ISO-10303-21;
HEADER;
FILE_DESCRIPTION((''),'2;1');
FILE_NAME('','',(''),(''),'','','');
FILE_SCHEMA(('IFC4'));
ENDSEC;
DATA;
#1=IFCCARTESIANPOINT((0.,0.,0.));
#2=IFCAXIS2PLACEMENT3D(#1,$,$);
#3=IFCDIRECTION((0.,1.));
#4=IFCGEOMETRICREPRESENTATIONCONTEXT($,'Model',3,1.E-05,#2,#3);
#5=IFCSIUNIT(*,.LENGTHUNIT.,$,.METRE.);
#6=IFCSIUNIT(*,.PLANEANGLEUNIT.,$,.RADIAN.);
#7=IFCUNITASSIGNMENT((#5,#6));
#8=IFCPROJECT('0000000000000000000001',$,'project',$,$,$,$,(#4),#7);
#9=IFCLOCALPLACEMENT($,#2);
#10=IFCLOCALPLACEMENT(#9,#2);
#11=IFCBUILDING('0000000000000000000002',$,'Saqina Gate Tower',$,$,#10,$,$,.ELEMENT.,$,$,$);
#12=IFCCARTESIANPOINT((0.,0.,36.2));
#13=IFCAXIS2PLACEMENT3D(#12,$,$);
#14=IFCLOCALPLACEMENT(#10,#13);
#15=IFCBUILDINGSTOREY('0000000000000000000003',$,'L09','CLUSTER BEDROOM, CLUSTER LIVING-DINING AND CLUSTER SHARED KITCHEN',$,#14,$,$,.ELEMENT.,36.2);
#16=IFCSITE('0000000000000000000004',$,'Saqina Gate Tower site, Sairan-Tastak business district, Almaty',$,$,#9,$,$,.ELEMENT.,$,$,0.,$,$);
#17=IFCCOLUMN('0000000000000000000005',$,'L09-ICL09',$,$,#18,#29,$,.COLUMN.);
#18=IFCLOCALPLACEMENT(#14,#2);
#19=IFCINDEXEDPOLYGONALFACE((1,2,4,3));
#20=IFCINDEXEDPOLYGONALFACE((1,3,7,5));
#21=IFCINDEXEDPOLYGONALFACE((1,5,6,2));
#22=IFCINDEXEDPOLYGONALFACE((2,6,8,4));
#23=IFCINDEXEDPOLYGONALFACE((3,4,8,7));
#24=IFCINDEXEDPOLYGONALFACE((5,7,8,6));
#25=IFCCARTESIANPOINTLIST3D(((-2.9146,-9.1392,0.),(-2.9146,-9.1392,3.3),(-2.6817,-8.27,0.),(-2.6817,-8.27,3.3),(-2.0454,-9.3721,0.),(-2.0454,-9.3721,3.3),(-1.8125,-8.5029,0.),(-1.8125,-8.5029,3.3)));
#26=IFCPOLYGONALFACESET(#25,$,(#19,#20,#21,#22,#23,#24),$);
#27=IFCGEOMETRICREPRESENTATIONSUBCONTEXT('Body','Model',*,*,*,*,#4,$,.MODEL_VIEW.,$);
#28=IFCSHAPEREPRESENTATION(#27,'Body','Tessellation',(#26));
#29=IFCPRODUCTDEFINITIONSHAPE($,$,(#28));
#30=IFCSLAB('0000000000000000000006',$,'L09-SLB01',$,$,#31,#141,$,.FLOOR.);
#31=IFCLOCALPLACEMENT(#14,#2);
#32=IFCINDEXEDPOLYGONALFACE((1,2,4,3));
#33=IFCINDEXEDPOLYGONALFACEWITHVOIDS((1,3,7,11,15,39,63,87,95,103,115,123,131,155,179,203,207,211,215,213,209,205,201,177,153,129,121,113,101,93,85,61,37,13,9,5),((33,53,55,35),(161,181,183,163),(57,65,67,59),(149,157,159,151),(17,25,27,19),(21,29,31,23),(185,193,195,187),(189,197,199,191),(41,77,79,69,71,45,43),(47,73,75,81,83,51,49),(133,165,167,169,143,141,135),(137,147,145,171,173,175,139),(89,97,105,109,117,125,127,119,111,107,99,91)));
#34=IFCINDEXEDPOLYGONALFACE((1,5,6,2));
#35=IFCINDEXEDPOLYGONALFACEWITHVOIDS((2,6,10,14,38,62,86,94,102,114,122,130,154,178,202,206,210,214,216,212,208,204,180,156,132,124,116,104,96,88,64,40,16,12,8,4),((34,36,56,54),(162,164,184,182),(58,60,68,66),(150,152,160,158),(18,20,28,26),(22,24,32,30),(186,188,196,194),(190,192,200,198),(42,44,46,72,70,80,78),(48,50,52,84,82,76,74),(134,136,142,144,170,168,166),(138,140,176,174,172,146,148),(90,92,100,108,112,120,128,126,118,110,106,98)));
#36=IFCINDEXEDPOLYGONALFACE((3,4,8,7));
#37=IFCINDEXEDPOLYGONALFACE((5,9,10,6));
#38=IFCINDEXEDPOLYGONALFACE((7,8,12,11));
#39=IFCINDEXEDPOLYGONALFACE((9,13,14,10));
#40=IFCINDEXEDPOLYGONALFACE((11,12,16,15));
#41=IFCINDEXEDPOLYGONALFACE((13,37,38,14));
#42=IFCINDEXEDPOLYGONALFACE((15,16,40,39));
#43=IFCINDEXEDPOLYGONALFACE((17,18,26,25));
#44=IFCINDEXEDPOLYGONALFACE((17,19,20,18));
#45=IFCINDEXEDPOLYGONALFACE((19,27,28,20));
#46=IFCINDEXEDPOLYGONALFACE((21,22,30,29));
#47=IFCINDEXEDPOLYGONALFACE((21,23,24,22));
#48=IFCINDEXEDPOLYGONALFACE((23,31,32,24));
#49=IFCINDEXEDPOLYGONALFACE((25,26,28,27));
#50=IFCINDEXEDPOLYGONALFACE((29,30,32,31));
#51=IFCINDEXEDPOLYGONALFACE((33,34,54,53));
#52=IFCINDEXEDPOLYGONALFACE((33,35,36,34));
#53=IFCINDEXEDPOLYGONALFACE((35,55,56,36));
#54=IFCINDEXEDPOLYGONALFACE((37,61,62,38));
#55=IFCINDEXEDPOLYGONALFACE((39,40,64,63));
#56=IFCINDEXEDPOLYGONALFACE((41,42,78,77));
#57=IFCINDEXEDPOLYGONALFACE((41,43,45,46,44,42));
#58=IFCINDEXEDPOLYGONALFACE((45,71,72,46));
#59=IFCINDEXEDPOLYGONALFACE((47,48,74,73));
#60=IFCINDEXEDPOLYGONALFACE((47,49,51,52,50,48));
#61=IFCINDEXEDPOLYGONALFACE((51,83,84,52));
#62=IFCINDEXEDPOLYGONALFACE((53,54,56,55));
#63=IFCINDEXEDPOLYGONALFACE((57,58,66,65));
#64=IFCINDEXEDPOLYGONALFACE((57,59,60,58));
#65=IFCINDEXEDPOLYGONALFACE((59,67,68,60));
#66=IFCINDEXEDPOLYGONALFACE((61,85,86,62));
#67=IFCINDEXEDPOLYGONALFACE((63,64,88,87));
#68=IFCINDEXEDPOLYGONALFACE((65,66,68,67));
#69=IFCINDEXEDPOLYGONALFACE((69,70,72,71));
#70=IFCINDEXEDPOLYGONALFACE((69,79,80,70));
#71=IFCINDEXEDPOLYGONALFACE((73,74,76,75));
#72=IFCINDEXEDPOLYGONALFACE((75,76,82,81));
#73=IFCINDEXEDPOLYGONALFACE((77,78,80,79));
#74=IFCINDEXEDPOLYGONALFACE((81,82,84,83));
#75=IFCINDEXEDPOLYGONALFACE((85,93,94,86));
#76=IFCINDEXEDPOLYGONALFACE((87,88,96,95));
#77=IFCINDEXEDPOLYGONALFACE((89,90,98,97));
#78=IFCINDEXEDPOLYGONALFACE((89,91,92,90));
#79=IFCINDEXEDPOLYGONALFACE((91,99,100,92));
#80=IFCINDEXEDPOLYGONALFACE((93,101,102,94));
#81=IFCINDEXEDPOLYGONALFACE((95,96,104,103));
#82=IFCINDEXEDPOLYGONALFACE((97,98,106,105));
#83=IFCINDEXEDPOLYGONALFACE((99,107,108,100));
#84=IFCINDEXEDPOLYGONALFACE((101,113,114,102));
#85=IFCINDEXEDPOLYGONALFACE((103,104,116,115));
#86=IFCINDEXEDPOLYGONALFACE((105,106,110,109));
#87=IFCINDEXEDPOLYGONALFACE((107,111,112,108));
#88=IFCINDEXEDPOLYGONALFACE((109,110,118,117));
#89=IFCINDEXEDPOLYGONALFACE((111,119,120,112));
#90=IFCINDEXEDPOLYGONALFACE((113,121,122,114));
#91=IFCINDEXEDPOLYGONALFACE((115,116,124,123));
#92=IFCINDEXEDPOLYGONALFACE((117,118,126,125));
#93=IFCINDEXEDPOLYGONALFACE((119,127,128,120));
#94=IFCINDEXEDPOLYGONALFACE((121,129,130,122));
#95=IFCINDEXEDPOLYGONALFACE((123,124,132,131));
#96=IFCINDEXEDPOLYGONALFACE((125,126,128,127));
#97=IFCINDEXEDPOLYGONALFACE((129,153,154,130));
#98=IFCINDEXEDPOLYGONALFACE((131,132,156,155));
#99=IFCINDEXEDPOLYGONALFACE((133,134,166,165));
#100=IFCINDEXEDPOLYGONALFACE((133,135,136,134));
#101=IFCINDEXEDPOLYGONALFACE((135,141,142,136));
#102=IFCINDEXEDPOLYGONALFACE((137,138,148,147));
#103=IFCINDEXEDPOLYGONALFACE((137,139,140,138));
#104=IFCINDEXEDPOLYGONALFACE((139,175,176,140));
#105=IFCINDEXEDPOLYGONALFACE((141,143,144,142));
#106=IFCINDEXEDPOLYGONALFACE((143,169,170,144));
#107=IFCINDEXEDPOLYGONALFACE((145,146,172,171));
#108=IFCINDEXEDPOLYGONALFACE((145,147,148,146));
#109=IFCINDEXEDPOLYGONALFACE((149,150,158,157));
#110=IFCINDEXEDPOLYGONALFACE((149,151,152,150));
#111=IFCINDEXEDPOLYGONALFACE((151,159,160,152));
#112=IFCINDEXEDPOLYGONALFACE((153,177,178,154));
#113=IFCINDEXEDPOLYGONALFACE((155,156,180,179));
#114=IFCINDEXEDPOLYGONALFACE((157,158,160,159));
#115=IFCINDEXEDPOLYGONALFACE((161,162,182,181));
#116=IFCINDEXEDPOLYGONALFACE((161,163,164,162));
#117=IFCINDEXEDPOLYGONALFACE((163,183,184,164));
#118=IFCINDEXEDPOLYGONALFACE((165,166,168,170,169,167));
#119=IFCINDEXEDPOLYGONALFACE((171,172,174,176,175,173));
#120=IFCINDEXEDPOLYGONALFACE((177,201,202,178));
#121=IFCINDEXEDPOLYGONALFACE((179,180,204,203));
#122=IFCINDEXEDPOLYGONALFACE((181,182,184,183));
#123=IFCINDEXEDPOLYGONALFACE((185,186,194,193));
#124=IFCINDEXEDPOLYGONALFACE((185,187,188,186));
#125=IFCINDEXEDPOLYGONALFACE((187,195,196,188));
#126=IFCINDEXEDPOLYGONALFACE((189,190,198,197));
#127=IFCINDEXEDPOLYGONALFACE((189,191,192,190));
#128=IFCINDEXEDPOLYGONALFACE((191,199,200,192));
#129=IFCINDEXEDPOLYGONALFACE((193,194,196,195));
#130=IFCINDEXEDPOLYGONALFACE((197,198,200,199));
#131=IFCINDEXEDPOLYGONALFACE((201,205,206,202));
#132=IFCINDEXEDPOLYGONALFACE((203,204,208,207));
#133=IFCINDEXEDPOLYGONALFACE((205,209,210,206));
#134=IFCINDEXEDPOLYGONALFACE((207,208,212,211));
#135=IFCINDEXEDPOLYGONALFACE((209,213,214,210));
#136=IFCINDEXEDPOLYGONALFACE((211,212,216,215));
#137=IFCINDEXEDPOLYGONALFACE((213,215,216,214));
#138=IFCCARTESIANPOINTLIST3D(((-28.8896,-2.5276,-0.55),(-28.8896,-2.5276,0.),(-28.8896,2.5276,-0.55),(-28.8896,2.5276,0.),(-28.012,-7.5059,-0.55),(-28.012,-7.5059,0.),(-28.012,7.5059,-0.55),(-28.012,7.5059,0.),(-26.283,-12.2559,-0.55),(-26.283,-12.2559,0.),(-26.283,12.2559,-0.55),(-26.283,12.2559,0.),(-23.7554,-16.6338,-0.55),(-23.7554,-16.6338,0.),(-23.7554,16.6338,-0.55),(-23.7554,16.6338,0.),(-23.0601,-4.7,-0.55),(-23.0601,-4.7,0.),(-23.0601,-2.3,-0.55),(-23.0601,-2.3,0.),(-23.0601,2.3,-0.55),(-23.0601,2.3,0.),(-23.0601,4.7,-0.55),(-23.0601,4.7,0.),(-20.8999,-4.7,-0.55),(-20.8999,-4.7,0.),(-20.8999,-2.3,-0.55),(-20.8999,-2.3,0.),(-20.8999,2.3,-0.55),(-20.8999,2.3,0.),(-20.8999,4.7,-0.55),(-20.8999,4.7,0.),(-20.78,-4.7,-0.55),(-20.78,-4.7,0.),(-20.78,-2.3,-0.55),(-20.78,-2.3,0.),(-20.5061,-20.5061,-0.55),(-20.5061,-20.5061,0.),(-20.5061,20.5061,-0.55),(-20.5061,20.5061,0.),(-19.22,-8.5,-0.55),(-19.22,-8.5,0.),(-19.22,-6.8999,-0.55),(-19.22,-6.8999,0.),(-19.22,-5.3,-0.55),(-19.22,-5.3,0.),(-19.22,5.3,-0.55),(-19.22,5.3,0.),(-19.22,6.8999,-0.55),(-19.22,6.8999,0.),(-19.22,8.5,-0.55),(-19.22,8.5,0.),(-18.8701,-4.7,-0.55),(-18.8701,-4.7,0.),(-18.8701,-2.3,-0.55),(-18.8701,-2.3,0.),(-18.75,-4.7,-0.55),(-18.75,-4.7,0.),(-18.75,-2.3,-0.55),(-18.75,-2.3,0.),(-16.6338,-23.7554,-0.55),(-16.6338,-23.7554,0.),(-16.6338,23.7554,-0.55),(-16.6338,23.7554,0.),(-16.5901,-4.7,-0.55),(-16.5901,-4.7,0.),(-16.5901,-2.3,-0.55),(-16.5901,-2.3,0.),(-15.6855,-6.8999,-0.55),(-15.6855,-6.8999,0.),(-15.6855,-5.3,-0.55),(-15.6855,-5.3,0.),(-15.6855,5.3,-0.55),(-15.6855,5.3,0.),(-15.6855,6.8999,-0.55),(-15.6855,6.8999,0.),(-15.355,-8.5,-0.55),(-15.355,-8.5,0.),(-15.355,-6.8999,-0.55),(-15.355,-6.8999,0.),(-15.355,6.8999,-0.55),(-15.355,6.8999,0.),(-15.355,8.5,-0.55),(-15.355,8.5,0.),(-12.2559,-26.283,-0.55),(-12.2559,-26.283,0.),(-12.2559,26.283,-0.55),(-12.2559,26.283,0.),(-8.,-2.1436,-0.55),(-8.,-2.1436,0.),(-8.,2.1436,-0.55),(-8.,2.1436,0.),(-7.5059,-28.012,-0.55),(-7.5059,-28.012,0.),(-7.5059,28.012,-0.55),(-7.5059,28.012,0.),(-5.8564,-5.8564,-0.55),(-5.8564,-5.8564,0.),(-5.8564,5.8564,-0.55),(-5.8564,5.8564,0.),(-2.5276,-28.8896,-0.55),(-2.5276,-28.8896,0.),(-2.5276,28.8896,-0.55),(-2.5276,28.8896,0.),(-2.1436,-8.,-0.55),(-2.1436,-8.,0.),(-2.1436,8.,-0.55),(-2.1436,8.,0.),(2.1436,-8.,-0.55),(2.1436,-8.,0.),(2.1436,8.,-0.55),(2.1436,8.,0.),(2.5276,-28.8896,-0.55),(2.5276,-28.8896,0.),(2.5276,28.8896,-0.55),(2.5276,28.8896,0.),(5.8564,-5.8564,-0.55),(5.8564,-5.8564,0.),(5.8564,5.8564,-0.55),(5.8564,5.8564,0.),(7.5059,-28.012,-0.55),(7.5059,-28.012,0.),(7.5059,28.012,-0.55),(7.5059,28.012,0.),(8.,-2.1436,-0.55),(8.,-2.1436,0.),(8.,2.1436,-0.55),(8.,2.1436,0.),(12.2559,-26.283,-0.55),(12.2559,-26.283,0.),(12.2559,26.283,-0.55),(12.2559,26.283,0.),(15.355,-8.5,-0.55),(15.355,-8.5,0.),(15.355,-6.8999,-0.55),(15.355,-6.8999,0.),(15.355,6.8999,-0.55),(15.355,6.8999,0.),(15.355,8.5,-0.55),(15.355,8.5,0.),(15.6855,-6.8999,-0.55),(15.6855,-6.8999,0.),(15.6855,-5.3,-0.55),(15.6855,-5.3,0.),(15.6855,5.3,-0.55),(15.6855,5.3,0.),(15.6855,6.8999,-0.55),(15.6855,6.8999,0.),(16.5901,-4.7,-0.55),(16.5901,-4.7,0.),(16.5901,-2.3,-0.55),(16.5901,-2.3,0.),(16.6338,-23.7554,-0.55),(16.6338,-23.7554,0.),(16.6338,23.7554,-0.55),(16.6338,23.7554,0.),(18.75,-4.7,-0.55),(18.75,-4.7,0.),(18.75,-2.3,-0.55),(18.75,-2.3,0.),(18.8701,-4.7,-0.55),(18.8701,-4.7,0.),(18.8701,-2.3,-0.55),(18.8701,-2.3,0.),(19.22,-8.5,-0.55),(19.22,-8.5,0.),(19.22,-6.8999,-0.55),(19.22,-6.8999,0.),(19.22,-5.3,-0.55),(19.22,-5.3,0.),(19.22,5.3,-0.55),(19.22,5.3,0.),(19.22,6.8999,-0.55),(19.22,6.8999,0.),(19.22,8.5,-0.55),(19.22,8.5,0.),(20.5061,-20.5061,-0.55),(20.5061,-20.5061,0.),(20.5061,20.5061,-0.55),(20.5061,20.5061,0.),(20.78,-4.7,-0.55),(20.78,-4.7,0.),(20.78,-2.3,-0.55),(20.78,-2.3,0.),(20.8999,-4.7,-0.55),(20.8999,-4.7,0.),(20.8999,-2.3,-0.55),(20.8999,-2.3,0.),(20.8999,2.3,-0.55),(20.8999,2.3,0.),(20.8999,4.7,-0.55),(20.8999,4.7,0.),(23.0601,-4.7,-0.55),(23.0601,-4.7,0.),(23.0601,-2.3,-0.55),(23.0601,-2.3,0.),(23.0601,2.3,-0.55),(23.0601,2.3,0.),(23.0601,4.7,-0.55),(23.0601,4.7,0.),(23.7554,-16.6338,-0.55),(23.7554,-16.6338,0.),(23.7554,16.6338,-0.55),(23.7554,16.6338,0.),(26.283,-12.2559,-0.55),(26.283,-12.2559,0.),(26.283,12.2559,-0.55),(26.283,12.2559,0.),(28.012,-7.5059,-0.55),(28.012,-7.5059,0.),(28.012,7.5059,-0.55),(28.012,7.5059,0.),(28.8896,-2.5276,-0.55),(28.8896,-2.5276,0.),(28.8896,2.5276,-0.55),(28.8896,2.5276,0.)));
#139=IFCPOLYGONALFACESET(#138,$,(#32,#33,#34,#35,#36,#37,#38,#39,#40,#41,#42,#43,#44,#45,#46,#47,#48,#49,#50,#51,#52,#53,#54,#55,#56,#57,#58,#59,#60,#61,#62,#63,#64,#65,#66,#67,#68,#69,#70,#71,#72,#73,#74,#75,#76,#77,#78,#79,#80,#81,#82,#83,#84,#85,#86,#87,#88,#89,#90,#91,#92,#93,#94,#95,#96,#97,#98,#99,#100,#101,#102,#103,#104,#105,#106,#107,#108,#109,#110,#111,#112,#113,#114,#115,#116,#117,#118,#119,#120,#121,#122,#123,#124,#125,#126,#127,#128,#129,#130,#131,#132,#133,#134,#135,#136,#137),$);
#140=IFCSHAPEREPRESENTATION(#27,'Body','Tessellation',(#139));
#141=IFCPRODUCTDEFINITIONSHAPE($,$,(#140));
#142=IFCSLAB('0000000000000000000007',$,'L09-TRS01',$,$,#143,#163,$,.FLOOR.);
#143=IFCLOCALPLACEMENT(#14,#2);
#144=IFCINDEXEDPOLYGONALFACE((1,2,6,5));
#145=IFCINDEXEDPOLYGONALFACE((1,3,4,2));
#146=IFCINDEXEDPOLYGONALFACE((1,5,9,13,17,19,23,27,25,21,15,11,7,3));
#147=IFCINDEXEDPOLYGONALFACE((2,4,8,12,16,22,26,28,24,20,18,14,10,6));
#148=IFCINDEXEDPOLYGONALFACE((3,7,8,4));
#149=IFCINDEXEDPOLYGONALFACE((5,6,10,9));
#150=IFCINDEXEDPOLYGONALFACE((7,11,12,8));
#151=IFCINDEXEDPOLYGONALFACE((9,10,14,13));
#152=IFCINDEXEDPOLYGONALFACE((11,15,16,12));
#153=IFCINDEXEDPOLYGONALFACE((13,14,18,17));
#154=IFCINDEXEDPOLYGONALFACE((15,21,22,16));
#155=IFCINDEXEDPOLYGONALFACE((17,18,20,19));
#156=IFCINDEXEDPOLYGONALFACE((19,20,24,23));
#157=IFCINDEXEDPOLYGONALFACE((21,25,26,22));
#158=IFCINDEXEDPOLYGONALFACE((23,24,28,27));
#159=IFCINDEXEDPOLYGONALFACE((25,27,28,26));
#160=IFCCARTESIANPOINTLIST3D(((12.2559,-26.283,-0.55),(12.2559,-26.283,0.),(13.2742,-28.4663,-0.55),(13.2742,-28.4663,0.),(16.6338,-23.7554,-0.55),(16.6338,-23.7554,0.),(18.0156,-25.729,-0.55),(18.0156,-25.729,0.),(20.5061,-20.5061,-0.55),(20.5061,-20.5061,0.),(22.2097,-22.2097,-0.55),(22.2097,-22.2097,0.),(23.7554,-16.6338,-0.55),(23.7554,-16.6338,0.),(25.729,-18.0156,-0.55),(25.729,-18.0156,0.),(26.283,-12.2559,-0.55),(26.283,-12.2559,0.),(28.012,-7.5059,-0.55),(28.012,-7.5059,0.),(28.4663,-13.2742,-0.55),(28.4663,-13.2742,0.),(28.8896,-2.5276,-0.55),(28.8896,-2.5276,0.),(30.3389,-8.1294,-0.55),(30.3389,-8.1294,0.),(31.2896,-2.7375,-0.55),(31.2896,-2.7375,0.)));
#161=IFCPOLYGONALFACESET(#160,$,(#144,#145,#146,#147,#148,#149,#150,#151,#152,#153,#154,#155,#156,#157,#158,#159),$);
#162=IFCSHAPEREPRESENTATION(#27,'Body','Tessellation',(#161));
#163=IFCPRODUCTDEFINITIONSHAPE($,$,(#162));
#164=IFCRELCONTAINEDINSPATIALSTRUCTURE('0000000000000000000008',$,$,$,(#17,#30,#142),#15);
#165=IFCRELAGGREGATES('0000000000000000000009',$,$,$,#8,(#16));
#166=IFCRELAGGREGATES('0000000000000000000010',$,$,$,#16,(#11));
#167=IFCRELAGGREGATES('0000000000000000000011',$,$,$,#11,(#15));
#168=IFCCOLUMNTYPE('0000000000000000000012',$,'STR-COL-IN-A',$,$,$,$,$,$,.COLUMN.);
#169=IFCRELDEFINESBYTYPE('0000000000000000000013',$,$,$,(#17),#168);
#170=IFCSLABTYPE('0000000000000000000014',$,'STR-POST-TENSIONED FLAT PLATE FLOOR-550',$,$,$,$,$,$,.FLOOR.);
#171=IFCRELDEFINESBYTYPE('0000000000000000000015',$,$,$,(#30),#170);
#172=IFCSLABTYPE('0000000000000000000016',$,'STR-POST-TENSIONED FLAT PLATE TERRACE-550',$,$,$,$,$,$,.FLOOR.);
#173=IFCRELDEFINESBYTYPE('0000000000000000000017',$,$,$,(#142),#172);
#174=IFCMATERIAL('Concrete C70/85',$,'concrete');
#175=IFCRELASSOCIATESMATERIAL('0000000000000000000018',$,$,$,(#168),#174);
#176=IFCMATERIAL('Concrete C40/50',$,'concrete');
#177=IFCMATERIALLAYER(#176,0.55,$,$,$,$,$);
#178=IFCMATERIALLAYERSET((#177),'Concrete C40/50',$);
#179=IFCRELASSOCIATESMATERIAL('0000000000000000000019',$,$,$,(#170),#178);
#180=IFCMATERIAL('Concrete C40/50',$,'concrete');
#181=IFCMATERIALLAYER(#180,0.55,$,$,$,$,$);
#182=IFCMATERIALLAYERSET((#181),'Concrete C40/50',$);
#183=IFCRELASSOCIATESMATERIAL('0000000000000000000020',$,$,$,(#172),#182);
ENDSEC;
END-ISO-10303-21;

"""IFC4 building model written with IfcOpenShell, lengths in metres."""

from ifc_helpers import new_model, si_unit, direction, frame, origin, origin_2d, place, context, subcontext, project, spatial, polyline, rectangle, outline, extrude, material, layer, layer_set, material_profile, profile_set, type_object, element, save


model = new_model("IFC4")

# Units and contexts
model_context = context("Model", 3, precision=1e-05, world=origin(), true_north=direction((0.0, 1.0)))
body_context = subcontext(model_context, "Body", "Model", "MODEL_VIEW")
ifc_project = project(units=[si_unit("LENGTHUNIT", "METRE"), si_unit("PLANEANGLEUNIT", "RADIAN")], contexts=[model_context])

# Site, building, storey
site_placement = place(None, origin())
site = spatial("IfcSite", under=ifc_project, at=site_placement, Name="Saqina Gate Tower site, Sairan-Tastak business district, Almaty", CompositionType="ELEMENT", RefElevation=0.0)
building_placement = place(site_placement, origin())
building = spatial("IfcBuilding", under=site, at=building_placement, Name="Saqina Gate Tower", CompositionType="ELEMENT")
storey_placement = place(building_placement, frame((0.0, 0.0, 36.2)))
storey = spatial("IfcBuildingStorey", under=building, at=storey_placement, Name="L09", Description="CLUSTER BEDROOM, CLUSTER LIVING-DINING AND CLUSTER SHARED KITCHEN", CompositionType="ELEMENT", Elevation=36.2)

# Column
ifc_material_1 = material(Name="Concrete C70/85", Category="concrete")
ifc_material_profile = material_profile(ifc_material_1, rectangle(XDim=0.8999, YDim=0.8999, at=origin_2d()), Name="RC 900x900")
ifc_profile_set = profile_set([ifc_material_profile], Name="Concrete C70/85")
column_type = type_object("IfcColumnType", Name="STR-COL-IN-A", PredefinedType="COLUMN", material=ifc_profile_set)
column_placement = place(storey_placement, frame((-2.3635, -8.821, 0.0), z_axis=(0.0, 0.0, 1.0), x_axis=(-0.258819, -0.965926, 0.0)))
element("IfcColumn", 1, at=column_placement, inside=storey, type_object=column_type, Name="L09-ICL09", PredefinedType="COLUMN", context=body_context, shape_type="SweptSolid", body=[
    extrude(rectangle(XDim=0.8999, YDim=0.8999, at=origin_2d()), origin(), (0.0, 0.0, 1.0), 3.3),
])

# Slabs
ifc_material_2 = material(Name="Concrete C40/50", Category="concrete")
ifc_layer_1 = layer(ifc_material_2, 0.55)
ifc_layer_set_1 = layer_set([ifc_layer_1], Name="Concrete C40/50")
slab_type_1 = type_object("IfcSlabType", Name="STR-POST-TENSIONED FLAT PLATE FLOOR-550", PredefinedType="FLOOR", material=ifc_layer_set_1)
slab_1_placement = place(storey_placement, frame((0.0, 0.0, -0.55)))
element("IfcSlab", 2, at=slab_1_placement, inside=storey, type_object=slab_type_1, Name="L09-SLB01", PredefinedType="FLOOR", context=body_context, shape_type="SweptSolid", body=[
    extrude(outline(polyline([(28.012, -7.5059), (28.8896, -2.5276), (28.8896, 2.5276), (28.012, 7.5059), (26.283, 12.2559), (23.7554, 16.6338), (20.5061, 20.5061), (16.6338, 23.7554), (12.2559, 26.283), (7.5059, 28.012), (2.5276, 28.8896), (-2.5276, 28.8896), (-7.5059, 28.012), (-12.2559, 26.283), (-16.6338, 23.7554), (-20.5061, 20.5061), (-23.7554, 16.6338), (-26.283, 12.2559), (-28.012, 7.5059), (-28.8896, 2.5276), (-28.8896, -2.5276), (-28.012, -7.5059), (-26.283, -12.2559), (-23.7554, -16.6338), (-20.5061, -20.5061), (-16.6338, -23.7554), (-12.2559, -26.283), (-7.5059, -28.012), (-2.5276, -28.8896), (2.5276, -28.8896), (7.5059, -28.012), (12.2559, -26.283), (16.6338, -23.7554), (20.5061, -20.5061), (23.7554, -16.6338), (26.283, -12.2559), (28.012, -7.5059)]), holes=[polyline([(2.1436, 8.0), (5.8564, 5.8564), (8.0, 2.1436), (8.0, -2.1436), (5.8564, -5.8564), (2.1436, -8.0), (-2.1436, -8.0), (-5.8564, -5.8564), (-8.0, -2.1436), (-8.0, 2.1436), (-5.8564, 5.8564), (-2.1436, 8.0), (2.1436, 8.0)]), polyline([(-19.22, -8.5), (-19.22, -6.8999), (-19.22, -5.3), (-15.6855, -5.3), (-15.6855, -6.8999), (-15.355, -6.8999), (-15.355, -8.5), (-19.22, -8.5)]), polyline([(-20.8999, -2.3), (-20.8999, -4.7), (-23.0601, -4.7), (-23.0601, -2.3), (-20.8999, -2.3)]), polyline([(-18.8701, -2.3), (-18.8701, -4.7), (-20.78, -4.7), (-20.78, -2.3), (-18.8701, -2.3)]), polyline([(-16.5901, -2.3), (-16.5901, -4.7), (-18.75, -4.7), (-18.75, -2.3), (-16.5901, -2.3)]), polyline([(-20.8999, 4.7), (-20.8999, 2.3), (-23.0601, 2.3), (-23.0601, 4.7), (-20.8999, 4.7)]), polyline([(-19.22, 6.8999), (-19.22, 8.5), (-15.355, 8.5), (-15.355, 6.8999), (-15.6855, 6.8999), (-15.6855, 5.3), (-19.22, 5.3), (-19.22, 6.8999)]), polyline([(15.355, -6.8999), (15.6855, -6.8999), (15.6855, -5.3), (19.22, -5.3), (19.22, -6.8999), (19.22, -8.5), (15.355, -8.5), (15.355, -6.8999)]), polyline([(18.75, -2.3), (18.75, -4.7), (16.5901, -4.7), (16.5901, -2.3), (18.75, -2.3)]), polyline([(20.78, -2.3), (20.78, -4.7), (18.8701, -4.7), (18.8701, -2.3), (20.78, -2.3)]), polyline([(23.0601, -2.3), (23.0601, -4.7), (20.8999, -4.7), (20.8999, -2.3), (23.0601, -2.3)]), polyline([(23.0601, 4.7), (23.0601, 2.3), (20.8999, 2.3), (20.8999, 4.7), (23.0601, 4.7)]), polyline([(15.6855, 6.8999), (15.355, 6.8999), (15.355, 8.5), (19.22, 8.5), (19.22, 6.8999), (19.22, 5.3), (15.6855, 5.3), (15.6855, 6.8999)])]), origin(), (0.0, 0.0, 1.0), 0.55),
])
ifc_material_3 = material(Name="Concrete C40/50", Category="concrete")
ifc_layer_2 = layer(ifc_material_3, 0.55)
ifc_layer_set_2 = layer_set([ifc_layer_2], Name="Concrete C40/50")
slab_type_2 = type_object("IfcSlabType", Name="STR-POST-TENSIONED FLAT PLATE TERRACE-550", PredefinedType="FLOOR", material=ifc_layer_set_2)
slab_2_placement = place(storey_placement, frame((0.0, 0.0, -0.55)))
element("IfcSlab", 3, at=slab_2_placement, inside=storey, type_object=slab_type_2, Name="L09-TRS01", PredefinedType="FLOOR", context=body_context, shape_type="SweptSolid", body=[
    extrude(outline(polyline([(12.2559, -26.283), (16.6338, -23.7554), (20.5061, -20.5061), (23.7554, -16.6338), (26.283, -12.2559), (28.012, -7.5059), (28.8896, -2.5276), (31.2896, -2.7375), (30.3389, -8.1294), (28.4663, -13.2742), (25.729, -18.0156), (22.2097, -22.2097), (18.0156, -25.729), (13.2742, -28.4663), (12.2559, -26.283)])), origin(), (0.0, 0.0, 1.0), 0.55),
])

save(model, "model.ifc")
